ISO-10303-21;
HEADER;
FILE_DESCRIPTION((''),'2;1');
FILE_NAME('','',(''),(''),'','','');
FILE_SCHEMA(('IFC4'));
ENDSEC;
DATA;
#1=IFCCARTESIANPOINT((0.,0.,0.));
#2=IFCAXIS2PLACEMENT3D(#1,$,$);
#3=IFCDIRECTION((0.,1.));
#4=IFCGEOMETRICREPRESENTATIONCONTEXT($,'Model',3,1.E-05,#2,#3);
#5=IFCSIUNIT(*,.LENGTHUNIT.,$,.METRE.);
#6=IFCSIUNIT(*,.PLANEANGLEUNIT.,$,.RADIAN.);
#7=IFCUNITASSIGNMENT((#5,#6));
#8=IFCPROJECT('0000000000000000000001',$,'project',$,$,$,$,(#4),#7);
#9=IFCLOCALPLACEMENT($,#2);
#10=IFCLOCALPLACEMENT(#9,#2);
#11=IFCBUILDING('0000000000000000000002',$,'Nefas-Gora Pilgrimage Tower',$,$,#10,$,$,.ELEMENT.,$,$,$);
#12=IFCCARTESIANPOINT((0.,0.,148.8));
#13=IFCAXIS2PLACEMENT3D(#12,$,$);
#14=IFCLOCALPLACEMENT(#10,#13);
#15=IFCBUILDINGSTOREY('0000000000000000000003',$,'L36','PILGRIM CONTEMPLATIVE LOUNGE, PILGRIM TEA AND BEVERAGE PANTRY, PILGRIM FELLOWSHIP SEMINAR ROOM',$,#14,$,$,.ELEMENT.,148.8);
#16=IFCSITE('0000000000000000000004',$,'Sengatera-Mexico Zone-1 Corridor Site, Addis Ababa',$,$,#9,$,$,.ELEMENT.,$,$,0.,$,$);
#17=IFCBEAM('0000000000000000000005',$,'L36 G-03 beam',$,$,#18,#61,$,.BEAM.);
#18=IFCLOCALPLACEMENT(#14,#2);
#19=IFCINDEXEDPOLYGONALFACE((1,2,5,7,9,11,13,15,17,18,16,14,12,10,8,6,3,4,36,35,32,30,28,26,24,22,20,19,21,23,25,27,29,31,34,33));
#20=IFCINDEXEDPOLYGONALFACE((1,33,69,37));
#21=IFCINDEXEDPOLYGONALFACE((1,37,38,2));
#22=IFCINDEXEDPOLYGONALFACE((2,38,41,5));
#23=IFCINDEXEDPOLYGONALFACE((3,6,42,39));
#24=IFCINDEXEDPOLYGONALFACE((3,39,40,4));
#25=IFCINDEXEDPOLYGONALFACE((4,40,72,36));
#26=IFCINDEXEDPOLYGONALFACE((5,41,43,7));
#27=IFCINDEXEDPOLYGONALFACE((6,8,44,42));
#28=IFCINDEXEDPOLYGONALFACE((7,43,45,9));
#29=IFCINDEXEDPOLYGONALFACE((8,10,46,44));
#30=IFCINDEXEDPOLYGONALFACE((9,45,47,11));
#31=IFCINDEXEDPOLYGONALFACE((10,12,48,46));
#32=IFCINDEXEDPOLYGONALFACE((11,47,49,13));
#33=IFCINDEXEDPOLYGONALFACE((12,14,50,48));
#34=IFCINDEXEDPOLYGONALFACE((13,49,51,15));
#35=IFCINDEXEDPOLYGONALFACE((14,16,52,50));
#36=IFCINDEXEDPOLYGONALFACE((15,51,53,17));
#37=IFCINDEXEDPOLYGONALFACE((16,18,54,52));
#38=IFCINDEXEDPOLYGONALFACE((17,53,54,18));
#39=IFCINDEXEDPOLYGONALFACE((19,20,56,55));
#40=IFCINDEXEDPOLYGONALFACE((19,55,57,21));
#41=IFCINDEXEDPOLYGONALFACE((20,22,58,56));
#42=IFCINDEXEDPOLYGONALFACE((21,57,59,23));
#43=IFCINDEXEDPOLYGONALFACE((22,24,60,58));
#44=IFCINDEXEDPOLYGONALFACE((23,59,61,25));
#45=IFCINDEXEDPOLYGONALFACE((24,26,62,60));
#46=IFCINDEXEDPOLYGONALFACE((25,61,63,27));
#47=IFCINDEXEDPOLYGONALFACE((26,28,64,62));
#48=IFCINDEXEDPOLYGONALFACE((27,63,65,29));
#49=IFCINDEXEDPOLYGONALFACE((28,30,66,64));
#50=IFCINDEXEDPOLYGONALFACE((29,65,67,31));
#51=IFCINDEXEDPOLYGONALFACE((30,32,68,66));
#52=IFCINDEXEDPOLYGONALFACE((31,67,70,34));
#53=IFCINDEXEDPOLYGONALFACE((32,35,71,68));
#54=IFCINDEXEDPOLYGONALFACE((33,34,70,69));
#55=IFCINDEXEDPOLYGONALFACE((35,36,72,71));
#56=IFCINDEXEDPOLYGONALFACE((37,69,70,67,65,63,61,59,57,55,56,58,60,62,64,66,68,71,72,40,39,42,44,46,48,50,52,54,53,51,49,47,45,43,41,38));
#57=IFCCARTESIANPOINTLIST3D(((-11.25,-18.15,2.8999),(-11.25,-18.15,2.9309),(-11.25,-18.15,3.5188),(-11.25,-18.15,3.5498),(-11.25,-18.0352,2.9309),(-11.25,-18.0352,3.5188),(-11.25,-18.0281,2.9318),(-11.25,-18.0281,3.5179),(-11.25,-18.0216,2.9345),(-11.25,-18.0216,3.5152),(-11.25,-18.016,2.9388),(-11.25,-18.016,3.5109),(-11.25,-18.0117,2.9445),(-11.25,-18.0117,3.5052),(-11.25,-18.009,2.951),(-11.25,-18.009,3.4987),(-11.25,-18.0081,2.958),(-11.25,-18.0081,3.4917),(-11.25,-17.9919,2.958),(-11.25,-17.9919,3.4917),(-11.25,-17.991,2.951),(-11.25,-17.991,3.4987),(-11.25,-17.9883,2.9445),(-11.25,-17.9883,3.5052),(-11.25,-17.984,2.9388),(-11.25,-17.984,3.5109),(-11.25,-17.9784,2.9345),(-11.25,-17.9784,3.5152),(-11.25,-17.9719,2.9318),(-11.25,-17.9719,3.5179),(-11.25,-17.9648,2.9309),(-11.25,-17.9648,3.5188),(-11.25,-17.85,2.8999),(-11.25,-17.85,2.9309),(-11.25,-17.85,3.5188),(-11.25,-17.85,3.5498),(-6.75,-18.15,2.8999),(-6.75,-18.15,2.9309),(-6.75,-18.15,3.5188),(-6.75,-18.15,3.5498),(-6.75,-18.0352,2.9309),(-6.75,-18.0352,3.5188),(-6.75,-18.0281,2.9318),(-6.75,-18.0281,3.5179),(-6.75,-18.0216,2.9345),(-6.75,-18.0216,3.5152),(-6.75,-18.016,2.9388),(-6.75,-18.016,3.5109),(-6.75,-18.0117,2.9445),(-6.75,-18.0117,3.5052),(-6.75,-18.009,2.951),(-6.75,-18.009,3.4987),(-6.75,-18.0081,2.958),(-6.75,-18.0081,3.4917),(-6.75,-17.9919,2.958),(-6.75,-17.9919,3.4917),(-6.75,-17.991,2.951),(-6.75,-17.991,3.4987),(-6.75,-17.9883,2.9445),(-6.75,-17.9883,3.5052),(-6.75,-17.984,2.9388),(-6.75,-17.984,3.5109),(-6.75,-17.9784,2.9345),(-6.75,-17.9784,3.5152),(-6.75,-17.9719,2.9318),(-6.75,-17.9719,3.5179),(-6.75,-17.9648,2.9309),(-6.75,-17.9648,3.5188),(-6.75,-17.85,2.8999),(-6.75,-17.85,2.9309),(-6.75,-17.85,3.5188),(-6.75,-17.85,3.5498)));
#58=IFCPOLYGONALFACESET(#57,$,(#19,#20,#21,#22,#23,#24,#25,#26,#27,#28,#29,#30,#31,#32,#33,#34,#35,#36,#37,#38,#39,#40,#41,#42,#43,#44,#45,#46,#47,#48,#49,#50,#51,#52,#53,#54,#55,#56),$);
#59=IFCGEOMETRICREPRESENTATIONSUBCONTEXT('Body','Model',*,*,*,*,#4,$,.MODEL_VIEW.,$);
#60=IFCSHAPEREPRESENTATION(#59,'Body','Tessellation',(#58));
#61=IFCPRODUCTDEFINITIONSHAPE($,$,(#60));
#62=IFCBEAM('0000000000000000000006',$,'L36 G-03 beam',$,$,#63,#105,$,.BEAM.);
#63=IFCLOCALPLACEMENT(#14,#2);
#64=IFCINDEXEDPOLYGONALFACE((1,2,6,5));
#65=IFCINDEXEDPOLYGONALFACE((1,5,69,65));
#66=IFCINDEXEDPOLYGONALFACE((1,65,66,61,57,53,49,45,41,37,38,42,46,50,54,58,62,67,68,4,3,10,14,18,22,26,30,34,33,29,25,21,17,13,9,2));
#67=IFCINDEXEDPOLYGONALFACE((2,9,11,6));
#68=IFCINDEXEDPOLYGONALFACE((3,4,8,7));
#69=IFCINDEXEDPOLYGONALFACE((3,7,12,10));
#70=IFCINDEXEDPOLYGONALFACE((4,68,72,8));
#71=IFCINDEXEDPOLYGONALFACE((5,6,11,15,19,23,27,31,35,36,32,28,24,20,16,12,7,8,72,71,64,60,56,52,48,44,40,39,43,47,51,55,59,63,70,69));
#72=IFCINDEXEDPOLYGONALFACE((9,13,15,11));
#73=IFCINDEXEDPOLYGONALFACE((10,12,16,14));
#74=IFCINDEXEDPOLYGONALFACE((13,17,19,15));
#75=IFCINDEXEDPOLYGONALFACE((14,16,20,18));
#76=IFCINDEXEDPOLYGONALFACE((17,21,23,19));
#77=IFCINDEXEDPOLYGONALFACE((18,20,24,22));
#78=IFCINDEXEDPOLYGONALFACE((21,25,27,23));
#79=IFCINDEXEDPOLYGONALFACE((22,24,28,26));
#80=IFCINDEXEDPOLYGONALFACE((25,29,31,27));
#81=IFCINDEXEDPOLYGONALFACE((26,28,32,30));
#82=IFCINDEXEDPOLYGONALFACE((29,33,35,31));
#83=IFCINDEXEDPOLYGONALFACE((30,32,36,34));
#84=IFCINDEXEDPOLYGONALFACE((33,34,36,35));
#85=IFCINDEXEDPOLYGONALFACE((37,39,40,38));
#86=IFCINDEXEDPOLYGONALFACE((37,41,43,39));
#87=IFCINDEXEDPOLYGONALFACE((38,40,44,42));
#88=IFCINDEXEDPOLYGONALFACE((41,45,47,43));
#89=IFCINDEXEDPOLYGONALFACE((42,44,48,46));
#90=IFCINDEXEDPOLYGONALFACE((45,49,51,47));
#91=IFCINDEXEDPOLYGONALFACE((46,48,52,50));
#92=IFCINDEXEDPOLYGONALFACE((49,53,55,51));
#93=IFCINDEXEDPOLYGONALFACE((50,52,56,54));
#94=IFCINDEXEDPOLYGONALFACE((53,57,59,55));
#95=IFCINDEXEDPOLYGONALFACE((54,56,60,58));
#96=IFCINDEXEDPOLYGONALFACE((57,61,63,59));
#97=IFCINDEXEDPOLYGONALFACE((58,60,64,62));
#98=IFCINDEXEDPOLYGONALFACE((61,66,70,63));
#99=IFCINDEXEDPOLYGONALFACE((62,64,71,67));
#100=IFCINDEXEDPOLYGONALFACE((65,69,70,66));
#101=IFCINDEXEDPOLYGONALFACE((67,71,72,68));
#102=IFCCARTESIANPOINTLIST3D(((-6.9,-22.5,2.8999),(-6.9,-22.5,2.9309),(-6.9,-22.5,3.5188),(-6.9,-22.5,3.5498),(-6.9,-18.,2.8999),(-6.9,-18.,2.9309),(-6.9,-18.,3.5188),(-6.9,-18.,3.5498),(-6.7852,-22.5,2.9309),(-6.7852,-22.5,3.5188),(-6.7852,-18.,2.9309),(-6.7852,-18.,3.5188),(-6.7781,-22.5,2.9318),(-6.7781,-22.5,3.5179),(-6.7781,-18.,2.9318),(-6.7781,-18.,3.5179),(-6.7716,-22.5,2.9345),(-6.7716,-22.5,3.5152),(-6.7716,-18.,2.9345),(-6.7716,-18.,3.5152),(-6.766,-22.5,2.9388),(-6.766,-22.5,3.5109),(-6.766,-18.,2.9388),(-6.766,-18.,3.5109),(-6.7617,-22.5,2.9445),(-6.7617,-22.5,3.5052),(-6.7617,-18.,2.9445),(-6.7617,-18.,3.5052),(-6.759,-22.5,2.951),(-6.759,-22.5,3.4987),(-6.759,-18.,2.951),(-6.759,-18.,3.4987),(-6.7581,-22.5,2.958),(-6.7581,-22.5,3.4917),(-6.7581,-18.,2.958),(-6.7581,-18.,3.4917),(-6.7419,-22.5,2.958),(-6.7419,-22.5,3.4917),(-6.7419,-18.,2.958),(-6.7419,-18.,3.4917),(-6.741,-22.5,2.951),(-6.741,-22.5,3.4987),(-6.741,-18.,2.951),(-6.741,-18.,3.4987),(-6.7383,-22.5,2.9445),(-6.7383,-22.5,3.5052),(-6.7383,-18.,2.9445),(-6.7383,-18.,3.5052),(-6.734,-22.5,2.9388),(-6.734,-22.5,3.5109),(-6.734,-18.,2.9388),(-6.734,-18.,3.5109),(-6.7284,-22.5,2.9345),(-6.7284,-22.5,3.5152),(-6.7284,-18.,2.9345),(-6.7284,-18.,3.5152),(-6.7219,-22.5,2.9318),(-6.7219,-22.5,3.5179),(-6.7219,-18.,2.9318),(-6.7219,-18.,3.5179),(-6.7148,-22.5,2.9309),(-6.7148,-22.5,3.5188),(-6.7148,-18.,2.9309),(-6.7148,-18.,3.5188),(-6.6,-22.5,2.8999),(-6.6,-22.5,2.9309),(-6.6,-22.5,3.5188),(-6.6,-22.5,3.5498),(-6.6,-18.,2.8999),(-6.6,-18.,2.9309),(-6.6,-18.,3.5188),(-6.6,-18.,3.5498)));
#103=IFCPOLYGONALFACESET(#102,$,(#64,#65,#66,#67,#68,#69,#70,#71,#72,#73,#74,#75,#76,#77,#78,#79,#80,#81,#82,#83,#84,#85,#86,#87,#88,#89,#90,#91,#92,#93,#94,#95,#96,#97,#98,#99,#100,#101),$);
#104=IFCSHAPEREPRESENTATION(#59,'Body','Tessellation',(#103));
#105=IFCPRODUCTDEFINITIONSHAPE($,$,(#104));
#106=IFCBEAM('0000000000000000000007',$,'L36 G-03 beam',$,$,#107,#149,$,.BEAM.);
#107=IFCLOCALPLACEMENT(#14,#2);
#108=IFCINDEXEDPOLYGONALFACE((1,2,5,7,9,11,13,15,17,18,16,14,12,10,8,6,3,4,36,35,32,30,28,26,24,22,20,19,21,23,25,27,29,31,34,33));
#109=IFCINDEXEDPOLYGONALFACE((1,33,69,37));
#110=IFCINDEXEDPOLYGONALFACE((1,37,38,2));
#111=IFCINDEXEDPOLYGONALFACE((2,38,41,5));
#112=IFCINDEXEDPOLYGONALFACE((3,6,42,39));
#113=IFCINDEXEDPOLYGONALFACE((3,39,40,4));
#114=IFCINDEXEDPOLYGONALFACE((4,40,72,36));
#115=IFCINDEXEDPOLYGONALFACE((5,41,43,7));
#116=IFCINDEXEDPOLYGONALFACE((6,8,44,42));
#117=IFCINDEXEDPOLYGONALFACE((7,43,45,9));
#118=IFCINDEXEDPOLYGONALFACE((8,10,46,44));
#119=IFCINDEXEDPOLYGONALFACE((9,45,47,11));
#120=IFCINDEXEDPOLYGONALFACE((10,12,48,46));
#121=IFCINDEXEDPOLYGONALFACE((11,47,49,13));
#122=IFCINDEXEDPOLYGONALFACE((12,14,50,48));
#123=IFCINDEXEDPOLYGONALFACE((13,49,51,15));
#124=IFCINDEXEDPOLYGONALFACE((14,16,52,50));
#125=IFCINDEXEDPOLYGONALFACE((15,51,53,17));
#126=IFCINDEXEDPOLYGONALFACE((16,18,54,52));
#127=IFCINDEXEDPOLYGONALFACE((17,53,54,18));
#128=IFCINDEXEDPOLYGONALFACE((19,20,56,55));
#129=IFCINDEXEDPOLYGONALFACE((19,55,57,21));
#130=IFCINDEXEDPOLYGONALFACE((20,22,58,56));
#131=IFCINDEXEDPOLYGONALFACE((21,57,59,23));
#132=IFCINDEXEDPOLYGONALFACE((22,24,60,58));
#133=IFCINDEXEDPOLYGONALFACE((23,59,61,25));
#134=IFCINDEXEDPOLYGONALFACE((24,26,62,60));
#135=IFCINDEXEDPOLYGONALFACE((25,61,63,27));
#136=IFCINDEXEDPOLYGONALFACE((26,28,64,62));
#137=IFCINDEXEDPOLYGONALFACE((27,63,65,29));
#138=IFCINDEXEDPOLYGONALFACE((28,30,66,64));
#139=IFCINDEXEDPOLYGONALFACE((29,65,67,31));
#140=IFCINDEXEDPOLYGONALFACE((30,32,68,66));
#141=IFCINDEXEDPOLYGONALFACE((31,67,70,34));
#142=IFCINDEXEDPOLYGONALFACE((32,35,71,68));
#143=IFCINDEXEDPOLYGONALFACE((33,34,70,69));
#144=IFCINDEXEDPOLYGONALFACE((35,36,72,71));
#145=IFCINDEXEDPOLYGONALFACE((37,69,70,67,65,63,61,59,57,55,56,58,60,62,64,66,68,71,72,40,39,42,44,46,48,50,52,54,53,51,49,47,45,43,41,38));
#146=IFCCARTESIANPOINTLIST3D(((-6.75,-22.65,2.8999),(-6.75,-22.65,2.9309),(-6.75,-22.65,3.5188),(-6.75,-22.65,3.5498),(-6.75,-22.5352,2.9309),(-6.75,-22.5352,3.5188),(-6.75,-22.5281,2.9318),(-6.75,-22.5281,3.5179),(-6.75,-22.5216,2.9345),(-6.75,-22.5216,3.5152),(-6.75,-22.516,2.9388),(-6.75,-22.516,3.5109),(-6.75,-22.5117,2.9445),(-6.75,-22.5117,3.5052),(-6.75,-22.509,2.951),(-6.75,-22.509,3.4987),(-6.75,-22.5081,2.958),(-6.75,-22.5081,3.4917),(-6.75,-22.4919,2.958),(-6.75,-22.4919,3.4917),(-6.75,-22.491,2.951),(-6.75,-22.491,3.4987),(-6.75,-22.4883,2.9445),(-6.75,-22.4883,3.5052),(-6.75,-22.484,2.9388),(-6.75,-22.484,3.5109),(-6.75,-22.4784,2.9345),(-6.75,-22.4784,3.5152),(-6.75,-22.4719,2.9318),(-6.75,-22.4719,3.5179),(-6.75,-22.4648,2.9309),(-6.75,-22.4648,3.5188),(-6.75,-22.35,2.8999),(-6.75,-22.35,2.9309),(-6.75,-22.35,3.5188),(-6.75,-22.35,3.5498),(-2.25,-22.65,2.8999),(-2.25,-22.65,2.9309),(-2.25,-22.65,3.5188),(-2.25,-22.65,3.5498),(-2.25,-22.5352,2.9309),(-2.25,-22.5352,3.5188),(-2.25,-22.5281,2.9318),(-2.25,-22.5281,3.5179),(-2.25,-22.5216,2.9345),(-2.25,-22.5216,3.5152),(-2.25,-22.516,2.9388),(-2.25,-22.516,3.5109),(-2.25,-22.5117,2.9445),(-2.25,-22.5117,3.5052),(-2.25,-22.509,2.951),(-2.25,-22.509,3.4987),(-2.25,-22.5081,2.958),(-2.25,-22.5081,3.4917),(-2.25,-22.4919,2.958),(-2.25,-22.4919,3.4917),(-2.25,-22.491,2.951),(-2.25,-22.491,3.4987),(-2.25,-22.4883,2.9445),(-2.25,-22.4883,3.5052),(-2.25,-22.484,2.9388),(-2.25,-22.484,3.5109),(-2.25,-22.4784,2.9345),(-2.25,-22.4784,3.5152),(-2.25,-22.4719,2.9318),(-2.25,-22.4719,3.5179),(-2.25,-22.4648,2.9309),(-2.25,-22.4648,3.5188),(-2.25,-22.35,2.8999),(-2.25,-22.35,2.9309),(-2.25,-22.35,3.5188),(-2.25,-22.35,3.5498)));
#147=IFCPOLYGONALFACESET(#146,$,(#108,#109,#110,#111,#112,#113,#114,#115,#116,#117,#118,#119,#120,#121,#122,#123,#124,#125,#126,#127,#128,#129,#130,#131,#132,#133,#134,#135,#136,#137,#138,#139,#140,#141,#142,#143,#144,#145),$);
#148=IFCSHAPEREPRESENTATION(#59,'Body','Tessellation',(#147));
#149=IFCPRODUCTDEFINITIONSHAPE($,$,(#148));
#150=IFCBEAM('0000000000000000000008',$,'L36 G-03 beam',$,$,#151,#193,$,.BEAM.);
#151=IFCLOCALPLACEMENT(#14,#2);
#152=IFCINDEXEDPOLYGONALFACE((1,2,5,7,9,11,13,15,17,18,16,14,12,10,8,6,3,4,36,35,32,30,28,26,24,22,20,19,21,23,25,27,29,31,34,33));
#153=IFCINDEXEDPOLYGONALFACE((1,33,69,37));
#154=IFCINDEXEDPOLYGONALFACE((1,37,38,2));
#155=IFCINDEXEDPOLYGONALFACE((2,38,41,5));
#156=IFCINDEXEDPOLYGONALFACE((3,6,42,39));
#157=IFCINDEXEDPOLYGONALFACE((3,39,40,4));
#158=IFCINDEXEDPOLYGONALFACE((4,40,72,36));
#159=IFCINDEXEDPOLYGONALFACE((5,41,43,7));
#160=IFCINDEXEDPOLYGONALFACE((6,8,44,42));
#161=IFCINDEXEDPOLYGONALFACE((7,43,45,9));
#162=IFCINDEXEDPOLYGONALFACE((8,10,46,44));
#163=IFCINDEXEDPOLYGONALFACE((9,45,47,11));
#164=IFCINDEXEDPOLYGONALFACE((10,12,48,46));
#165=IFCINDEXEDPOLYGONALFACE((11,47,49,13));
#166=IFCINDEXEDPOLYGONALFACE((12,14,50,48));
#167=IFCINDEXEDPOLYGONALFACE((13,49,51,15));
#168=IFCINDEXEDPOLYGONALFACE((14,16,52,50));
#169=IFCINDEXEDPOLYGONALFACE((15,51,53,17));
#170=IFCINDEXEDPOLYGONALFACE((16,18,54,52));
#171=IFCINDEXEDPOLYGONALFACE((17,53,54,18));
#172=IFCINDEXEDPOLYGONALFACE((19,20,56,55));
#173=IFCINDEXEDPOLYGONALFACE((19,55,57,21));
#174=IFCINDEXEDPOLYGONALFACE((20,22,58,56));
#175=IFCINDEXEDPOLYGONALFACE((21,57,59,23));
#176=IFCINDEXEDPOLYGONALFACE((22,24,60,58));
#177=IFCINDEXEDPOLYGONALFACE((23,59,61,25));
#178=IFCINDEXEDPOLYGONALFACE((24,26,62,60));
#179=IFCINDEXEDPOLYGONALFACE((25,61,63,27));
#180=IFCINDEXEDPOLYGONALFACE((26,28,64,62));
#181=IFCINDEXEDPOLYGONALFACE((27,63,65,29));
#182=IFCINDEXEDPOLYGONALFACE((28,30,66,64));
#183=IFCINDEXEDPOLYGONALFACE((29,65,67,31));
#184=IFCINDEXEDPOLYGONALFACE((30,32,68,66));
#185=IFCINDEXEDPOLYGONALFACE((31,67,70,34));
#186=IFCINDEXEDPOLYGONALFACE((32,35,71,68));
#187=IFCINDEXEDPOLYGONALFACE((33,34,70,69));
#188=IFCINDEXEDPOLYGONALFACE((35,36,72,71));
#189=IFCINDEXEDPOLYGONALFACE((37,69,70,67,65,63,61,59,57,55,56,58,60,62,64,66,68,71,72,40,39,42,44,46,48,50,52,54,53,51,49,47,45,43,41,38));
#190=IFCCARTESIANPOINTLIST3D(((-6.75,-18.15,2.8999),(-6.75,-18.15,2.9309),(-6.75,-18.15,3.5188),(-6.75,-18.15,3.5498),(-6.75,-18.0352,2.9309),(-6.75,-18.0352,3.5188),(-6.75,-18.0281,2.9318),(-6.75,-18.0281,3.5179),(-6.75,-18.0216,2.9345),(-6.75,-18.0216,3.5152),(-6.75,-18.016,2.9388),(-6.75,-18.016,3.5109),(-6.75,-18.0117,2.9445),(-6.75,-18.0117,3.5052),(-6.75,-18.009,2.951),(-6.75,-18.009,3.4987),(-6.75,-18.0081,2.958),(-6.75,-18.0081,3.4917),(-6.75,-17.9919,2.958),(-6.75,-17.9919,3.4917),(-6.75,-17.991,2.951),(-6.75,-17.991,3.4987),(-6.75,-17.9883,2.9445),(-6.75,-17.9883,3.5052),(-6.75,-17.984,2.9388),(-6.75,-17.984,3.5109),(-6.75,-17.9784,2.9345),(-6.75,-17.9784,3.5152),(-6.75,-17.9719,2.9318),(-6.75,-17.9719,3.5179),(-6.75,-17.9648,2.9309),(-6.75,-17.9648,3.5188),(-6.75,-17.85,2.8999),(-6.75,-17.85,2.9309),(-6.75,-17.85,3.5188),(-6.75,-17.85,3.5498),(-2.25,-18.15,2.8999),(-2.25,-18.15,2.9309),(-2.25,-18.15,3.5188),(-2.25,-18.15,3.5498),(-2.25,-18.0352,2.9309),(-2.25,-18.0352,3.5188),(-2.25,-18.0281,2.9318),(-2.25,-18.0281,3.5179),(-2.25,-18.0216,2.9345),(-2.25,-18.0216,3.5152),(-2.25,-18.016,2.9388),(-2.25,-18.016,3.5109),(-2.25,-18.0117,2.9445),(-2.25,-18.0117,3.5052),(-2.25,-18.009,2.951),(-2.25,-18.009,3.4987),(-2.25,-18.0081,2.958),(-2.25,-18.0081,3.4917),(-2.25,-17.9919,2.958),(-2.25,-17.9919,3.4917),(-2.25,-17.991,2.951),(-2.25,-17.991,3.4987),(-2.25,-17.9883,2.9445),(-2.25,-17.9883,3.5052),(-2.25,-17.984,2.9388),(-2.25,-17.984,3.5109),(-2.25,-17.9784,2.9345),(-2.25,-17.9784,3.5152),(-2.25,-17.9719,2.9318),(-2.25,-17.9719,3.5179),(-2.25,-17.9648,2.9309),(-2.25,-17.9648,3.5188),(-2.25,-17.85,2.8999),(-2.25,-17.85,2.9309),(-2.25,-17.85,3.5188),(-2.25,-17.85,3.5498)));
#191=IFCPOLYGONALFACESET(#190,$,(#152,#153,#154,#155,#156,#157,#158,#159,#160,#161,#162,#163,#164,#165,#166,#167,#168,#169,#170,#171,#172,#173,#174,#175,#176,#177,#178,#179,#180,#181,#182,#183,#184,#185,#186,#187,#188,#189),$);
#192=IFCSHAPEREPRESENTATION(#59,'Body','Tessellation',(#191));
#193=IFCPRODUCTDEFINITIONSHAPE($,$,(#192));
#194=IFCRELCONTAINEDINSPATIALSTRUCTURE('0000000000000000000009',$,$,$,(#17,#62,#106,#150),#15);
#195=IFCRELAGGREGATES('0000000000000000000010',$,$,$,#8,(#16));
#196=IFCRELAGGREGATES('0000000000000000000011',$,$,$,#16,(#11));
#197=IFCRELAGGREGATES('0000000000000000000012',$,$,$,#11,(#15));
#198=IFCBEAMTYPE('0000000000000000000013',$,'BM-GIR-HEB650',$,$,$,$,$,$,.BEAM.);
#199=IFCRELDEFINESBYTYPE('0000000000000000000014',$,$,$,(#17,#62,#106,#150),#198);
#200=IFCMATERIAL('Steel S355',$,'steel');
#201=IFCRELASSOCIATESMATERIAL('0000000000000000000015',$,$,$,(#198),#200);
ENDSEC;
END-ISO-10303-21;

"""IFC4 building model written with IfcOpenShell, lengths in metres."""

from ifc_helpers import new_model, si_unit, direction, frame, origin, origin_2d, place, context, subcontext, project, spatial, i_section, extrude, source, transform, mapped, material, material_profile, profile_set, type_object, element, save


model = new_model("IFC4")

# Units and contexts
model_context = context("Model", 3, precision=1e-05, world=origin(), true_north=direction((0.0, 1.0)))
body_context = subcontext(model_context, "Body", "Model", "MODEL_VIEW")
ifc_project = project(units=[si_unit("LENGTHUNIT", "METRE"), si_unit("PLANEANGLEUNIT", "RADIAN")], contexts=[model_context])

# Site, building, storey
site_placement = place(None, origin())
site = spatial("IfcSite", under=ifc_project, at=site_placement, Name="Sengatera-Mexico Zone-1 Corridor Site, Addis Ababa", CompositionType="ELEMENT", RefElevation=0.0)
building_placement = place(site_placement, origin())
building = spatial("IfcBuilding", under=site, at=building_placement, Name="Nefas-Gora Pilgrimage Tower", CompositionType="ELEMENT")
storey_placement = place(building_placement, frame((0.0, 0.0, 148.8)))
storey = spatial("IfcBuildingStorey", under=building, at=storey_placement, Name="L36", Description="PILGRIM CONTEMPLATIVE LOUNGE, PILGRIM TEA AND BEVERAGE PANTRY, PILGRIM FELLOWSHIP SEMINAR ROOM", CompositionType="ELEMENT", Elevation=148.8)

# Beams
ifc_material_1 = material(Name="Steel S355", Category="steel")
ifc_material_profile_1 = material_profile(ifc_material_1, i_section(OverallWidth=0.3, OverallDepth=0.6499, WebThickness=0.0161, FlangeThickness=0.031, FilletRadius=0.0271, at=origin_2d()), Name="HEB 650")
ifc_profile_set_1 = profile_set([ifc_material_profile_1], Name="Steel S355")
beam_type = type_object("IfcBeamType", Name="BM-GIR-HEB650", PredefinedType="BEAM", material=ifc_profile_set_1)
shared_shape_1 = source(origin(), body_context, "Body", "SweptSolid", [
    extrude(i_section(OverallWidth=0.3, OverallDepth=0.6499, WebThickness=0.0161, FlangeThickness=0.031, FilletRadius=0.0271, at=origin_2d()), origin(), (0.0, 0.0, 1.0), 4.5),
])
for number, where, z_axis, x_axis, name in (
    (1, (-11.25, -18.0, 3.2249), (1.0, 0.0, 0.0), (0.0, 1.0, 0.0), "L36 G-03 beam"),
    (2, (-6.75, -22.5, 3.2249), (0.0, 1.0, 0.0), (-1.0, 0.0, 0.0), "L36 G-03 beam"),
    (3, (-6.75, -22.5, 3.2249), (1.0, 0.0, 0.0), (0.0, 1.0, 0.0), "L36 G-03 beam"),
    (4, (-6.75, -18.0, 3.2249), (1.0, 0.0, 0.0), (0.0, 1.0, 0.0), "L36 G-03 beam"),
):
    element("IfcBeam", number, at=place(storey_placement, frame(where, z_axis=z_axis, x_axis=x_axis)), inside=storey, type_object=beam_type, Name=name, PredefinedType="BEAM", context=body_context, shape_type="MappedRepresentation", body=[
        mapped(shared_shape_1, transform((0.0, 0.0, 0.0), x_axis=(1.0, 0.0, 0.0), y_axis=(0.0, 1.0, 0.0), z_axis=(0.0, 0.0, 1.0), scale=1.0)),
    ])

save(model, "model.ifc")
